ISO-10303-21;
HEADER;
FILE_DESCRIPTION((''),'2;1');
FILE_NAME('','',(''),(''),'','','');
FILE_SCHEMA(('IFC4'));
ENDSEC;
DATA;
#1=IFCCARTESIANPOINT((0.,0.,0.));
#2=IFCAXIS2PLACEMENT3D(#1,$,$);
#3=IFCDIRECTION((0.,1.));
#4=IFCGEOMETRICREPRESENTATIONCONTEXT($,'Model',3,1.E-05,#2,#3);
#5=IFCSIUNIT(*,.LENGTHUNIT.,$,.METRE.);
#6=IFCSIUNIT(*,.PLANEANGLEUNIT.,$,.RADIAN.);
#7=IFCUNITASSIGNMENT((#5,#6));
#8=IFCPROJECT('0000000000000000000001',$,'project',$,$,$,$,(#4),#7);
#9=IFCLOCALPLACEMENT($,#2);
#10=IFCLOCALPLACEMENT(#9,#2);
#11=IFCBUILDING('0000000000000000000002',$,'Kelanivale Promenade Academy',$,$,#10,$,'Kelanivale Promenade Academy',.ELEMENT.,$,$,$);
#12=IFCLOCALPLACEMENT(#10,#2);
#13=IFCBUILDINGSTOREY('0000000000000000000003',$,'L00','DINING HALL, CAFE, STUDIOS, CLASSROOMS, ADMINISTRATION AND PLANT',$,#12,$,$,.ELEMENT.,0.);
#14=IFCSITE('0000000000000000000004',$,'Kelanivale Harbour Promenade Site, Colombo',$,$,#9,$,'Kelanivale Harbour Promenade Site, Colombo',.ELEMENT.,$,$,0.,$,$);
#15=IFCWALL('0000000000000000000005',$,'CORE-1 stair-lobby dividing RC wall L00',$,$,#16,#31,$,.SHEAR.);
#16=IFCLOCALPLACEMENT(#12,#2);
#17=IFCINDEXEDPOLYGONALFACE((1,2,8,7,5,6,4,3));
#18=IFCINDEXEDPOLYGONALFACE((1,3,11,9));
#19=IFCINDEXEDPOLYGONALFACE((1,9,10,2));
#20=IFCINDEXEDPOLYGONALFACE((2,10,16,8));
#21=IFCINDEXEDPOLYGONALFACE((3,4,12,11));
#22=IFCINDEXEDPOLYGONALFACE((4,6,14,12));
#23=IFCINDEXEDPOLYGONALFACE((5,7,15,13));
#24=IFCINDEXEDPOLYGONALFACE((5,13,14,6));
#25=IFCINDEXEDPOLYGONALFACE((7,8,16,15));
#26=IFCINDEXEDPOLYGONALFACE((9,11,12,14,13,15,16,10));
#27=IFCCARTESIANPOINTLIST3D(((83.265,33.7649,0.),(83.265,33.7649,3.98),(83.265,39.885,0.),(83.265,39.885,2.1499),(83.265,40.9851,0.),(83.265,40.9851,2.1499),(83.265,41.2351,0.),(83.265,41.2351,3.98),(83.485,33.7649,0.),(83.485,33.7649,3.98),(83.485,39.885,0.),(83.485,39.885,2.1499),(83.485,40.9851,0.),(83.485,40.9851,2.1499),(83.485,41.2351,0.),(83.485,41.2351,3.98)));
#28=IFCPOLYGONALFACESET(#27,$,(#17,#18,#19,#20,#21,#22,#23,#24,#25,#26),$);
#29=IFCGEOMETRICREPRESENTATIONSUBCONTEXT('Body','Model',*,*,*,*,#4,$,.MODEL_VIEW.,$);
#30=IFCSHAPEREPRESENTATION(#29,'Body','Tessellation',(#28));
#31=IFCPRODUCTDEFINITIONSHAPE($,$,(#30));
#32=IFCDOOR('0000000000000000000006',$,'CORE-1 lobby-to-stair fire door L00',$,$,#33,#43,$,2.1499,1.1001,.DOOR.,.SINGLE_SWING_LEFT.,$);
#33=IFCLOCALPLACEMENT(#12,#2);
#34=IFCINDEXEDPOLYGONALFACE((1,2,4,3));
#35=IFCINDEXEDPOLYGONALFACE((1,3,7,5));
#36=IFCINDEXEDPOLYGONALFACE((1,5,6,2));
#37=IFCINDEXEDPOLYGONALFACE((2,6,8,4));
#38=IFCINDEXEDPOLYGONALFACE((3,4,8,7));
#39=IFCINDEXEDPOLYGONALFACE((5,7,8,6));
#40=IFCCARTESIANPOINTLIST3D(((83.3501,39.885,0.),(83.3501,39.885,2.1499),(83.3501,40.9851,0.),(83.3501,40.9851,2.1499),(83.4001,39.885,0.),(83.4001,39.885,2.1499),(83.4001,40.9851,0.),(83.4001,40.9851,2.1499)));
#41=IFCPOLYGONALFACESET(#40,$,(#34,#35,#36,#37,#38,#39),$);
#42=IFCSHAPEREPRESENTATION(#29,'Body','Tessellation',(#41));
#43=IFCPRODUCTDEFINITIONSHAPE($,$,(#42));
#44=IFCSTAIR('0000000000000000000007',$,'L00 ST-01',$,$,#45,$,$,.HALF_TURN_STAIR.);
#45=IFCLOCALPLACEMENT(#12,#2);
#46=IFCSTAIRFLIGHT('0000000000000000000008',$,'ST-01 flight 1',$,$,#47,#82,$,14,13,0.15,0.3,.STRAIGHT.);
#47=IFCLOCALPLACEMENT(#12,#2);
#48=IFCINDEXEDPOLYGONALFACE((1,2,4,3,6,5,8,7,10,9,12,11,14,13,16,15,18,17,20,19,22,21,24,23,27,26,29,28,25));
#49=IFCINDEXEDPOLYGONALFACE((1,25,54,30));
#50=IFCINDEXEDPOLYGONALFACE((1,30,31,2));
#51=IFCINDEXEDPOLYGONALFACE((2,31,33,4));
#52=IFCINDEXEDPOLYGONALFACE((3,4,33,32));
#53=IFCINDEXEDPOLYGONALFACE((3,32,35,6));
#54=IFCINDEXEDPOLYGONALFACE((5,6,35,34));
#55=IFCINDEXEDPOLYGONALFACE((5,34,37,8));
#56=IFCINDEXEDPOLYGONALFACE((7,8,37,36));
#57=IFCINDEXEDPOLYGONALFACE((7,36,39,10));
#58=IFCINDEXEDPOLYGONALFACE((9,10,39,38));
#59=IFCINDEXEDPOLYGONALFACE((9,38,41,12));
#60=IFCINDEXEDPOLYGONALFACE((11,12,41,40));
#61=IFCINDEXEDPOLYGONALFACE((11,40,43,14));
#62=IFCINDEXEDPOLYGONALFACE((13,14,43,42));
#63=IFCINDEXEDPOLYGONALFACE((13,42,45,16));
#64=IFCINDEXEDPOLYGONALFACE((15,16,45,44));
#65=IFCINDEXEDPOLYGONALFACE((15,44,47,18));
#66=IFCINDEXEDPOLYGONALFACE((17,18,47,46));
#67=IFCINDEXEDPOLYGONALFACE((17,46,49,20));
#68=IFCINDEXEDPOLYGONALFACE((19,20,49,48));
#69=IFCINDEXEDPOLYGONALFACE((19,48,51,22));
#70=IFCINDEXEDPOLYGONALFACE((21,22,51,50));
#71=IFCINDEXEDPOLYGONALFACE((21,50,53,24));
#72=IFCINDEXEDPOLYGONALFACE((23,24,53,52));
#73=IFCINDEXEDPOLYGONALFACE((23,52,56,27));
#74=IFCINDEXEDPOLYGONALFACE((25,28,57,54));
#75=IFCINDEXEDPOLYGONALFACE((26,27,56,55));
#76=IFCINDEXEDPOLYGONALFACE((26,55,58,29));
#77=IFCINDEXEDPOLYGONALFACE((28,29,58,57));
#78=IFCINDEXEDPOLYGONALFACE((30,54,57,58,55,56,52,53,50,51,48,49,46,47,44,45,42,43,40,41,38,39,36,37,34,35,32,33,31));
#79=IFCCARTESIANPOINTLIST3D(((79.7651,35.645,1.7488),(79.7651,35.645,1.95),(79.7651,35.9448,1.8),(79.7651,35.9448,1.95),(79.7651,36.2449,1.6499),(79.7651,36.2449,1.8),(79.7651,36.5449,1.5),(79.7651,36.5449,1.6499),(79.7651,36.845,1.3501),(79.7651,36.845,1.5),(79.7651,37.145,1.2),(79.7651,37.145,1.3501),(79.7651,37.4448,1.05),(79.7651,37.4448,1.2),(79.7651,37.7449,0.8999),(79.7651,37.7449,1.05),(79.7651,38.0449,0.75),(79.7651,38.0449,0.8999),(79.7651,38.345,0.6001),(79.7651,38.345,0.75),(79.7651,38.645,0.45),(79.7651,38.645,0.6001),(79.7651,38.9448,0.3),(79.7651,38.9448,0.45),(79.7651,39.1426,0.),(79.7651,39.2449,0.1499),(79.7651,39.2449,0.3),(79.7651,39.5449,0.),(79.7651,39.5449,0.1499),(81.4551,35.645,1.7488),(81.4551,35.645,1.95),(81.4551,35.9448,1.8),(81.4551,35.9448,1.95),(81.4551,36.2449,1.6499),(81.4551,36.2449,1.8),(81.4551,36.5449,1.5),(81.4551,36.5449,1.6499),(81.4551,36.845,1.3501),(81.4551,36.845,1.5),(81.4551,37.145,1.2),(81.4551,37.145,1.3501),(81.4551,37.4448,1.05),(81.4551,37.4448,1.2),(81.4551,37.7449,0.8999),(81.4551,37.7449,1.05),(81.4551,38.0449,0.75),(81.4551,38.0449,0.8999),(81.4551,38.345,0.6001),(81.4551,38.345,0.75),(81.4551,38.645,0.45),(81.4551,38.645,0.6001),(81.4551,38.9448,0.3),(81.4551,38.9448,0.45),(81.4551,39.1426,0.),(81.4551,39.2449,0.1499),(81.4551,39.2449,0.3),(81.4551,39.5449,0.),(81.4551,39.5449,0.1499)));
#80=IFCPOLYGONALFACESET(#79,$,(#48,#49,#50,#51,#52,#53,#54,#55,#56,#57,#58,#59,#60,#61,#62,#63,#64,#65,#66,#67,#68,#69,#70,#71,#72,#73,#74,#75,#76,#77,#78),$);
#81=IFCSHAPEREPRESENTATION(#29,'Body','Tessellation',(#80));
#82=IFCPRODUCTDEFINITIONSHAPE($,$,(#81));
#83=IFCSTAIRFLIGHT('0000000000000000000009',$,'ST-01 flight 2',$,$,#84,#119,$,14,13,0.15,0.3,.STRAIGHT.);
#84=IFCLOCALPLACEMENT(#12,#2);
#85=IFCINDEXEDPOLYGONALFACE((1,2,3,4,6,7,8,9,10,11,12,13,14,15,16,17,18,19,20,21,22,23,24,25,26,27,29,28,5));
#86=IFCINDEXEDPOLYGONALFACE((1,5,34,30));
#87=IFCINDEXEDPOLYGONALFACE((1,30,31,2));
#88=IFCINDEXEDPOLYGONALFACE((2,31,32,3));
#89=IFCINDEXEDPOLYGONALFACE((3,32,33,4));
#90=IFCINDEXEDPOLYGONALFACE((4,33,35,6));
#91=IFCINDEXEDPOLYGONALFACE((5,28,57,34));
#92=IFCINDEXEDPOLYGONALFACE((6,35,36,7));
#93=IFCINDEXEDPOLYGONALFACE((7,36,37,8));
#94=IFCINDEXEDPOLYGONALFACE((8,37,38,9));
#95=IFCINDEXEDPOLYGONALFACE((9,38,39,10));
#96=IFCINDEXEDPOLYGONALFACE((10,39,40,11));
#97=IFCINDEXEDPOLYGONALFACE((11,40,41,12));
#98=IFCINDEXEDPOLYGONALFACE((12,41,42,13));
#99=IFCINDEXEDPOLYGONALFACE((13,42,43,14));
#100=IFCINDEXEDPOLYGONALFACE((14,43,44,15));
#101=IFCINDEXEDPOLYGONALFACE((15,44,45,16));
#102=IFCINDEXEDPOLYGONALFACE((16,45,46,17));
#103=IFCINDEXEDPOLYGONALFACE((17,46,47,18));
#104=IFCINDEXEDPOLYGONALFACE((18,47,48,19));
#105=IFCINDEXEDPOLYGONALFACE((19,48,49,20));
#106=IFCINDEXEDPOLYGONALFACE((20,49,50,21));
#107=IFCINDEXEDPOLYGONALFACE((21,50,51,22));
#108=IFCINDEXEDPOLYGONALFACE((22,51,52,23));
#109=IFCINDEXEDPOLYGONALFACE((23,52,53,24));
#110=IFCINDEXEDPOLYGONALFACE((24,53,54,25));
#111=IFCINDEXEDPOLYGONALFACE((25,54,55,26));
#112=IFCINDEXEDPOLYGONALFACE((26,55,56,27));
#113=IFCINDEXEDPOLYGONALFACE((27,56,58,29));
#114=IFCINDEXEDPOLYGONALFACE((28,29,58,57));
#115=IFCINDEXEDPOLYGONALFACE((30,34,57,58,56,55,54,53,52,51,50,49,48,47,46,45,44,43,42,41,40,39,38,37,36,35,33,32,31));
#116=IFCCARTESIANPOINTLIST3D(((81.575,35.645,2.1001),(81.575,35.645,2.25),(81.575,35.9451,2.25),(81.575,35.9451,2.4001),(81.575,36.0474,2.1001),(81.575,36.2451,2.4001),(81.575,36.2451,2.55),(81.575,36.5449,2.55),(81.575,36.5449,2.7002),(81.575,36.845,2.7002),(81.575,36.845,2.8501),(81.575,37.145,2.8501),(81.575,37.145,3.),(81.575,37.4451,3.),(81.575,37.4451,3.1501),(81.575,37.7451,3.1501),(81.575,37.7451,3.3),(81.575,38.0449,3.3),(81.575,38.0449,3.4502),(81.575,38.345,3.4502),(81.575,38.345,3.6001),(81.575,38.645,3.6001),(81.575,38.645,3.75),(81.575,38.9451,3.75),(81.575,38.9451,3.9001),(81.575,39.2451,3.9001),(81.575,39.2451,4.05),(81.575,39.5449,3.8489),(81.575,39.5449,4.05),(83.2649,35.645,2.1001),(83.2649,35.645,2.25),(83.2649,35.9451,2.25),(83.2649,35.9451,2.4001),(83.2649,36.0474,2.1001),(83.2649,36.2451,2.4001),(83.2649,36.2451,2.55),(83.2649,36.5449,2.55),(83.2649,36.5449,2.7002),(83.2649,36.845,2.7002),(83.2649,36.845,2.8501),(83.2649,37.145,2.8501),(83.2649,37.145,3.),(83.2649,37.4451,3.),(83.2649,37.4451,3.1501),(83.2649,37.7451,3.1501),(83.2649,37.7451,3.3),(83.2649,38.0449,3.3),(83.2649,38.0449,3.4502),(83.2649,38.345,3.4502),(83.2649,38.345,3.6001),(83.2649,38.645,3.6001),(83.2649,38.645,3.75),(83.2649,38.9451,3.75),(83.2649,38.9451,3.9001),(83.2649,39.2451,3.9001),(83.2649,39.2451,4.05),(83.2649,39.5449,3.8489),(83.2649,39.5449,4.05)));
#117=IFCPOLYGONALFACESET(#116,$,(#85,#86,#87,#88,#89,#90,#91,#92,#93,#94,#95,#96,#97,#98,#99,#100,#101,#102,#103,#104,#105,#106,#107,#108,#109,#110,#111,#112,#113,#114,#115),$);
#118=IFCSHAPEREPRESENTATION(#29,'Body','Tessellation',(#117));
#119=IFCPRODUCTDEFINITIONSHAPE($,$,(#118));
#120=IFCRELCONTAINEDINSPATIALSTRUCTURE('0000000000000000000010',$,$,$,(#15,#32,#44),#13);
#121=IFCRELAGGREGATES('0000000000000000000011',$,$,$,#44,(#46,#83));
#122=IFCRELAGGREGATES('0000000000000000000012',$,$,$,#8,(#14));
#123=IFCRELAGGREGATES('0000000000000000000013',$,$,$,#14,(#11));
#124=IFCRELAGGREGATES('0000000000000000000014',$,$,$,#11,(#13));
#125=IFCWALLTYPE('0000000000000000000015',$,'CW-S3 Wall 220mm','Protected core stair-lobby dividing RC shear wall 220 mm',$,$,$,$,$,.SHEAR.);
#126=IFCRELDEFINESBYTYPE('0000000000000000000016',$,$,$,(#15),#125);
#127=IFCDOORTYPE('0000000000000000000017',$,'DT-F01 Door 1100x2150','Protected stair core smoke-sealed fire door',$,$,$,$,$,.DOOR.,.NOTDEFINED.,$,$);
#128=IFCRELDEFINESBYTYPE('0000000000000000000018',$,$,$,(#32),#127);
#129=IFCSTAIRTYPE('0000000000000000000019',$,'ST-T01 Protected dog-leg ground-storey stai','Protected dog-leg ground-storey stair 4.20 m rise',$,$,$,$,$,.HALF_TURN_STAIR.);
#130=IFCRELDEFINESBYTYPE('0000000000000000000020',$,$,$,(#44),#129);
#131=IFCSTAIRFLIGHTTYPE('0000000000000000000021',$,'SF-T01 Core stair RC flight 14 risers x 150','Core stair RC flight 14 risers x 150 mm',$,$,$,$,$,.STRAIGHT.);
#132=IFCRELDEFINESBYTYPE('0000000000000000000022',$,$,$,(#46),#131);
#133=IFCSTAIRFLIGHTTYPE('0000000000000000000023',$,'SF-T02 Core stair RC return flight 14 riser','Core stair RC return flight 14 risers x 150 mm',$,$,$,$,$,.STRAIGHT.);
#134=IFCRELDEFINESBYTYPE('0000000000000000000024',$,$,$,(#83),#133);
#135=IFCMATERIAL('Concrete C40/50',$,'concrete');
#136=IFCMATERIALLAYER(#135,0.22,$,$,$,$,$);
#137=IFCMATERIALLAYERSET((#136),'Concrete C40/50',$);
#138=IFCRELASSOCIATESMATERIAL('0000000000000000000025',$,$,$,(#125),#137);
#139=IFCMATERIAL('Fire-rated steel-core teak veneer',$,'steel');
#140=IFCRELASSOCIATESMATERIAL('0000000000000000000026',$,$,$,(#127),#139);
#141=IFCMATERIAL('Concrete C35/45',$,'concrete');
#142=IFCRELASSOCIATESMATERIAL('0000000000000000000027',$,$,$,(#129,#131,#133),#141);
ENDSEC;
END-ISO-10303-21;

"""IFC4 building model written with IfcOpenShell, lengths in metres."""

from ifc_helpers import new_model, si_unit, direction, frame, frame_2d, origin, place, context, subcontext, project, spatial, polyline, rectangle, outline, extrude, material, layer, layer_set, type_object, element, fill, aggregate, save


model = new_model("IFC4")

# Units and contexts
model_context = context("Model", 3, precision=1e-05, world=origin(), true_north=direction((0.0, 1.0)))
body_context = subcontext(model_context, "Body", "Model", "MODEL_VIEW")
ifc_project = project(units=[si_unit("LENGTHUNIT", "METRE"), si_unit("PLANEANGLEUNIT", "RADIAN")], contexts=[model_context])

# Site, building, storey
site_placement = place(None, origin())
site = spatial("IfcSite", under=ifc_project, at=site_placement, Name="Kelanivale Harbour Promenade Site, Colombo", LongName="Kelanivale Harbour Promenade Site, Colombo", CompositionType="ELEMENT", RefElevation=0.0)
building_placement = place(site_placement, origin())
building = spatial("IfcBuilding", under=site, at=building_placement, Name="Kelanivale Promenade Academy", LongName="Kelanivale Promenade Academy", CompositionType="ELEMENT")
storey_placement = place(building_placement, origin())
storey = spatial("IfcBuildingStorey", under=building, at=storey_placement, Name="L00", Description="DINING HALL, CAFE, STUDIOS, CLASSROOMS, ADMINISTRATION AND PLANT", CompositionType="ELEMENT", Elevation=0.0)

# Shared definitions
ifc_material_1 = material(Name="Concrete C35/45", Category="concrete")

# Shared definitions
ifc_material_2 = material(Name="Concrete C40/50", Category="concrete")

# Shared definitions
ifc_material_3 = material(Name="Fire-rated steel-core teak veneer", Category="steel")

# Wall, opening, door
ifc_layer_1 = layer(ifc_material_2, 0.22)
ifc_layer_set_1 = layer_set([ifc_layer_1], Name="Concrete C40/50")
wall_type_1 = type_object("IfcWallType", Name="CW-S3 Wall 220mm", Description="Protected core stair-lobby dividing RC shear wall 220 mm", PredefinedType="SHEAR", material=ifc_layer_set_1)
wall_1_placement = place(storey_placement, frame((83.375, 33.7649, 0.0), z_axis=(0.0, 0.0, 1.0), x_axis=(0.0, 1.0, 0.0)))
wall_1 = element("IfcWall", 1, at=wall_1_placement, inside=storey, type_object=wall_type_1, Name="CORE-1 stair-lobby dividing RC wall L00", PredefinedType="SHEAR", context=body_context, shape_type="SweptSolid", body=[
    extrude(rectangle(XDim=7.4702, YDim=0.22, at=frame_2d((3.7351, 0.0))), origin(), (0.0, 0.0, 1.0), 3.98),
])
opening_1_placement = place(wall_1_placement, frame((6.1201, 0.0, 0.0)))
opening_1 = element("IfcOpeningElement", 2, at=opening_1_placement, cuts=wall_1, PredefinedType="OPENING", context=body_context, shape_type="SweptSolid", body=[
    extrude(rectangle(XDim=1.1001, YDim=2.1499, at=frame_2d((0.55, 1.075))), frame((0.0, 0.1201, 0.0), z_axis=(0.0, -1.0, 0.0), x_axis=(1.0, 0.0, 0.0)), (0.0, 0.0, 1.0), 0.24),
])
door_type_1 = type_object("IfcDoorType", Name="DT-F01 Door 1100x2150", Description="Protected stair core smoke-sealed fire door", OperationType="NOTDEFINED", PredefinedType="DOOR", material=ifc_material_3)
door_1_placement = place(opening_1_placement, origin())
door_1 = element("IfcDoor", 3, at=door_1_placement, inside=storey, type_object=door_type_1, Name="CORE-1 lobby-to-stair fire door L00", OperationType="SINGLE_SWING_LEFT", OverallHeight=2.1499, OverallWidth=1.1001, PredefinedType="DOOR", context=body_context, shape_type="SweptSolid", body=[
    extrude(rectangle(XDim=1.1001, YDim=2.1499, at=frame_2d((0.55, 1.075))), frame((0.0, 0.0249, 0.0), z_axis=(0.0, -1.0, 0.0), x_axis=(1.0, 0.0, 0.0)), (0.0, 0.0, 1.0), 0.05),
])
fill(opening_1, door_1)

# Stair, stair flights
stair_type = type_object("IfcStairType", Name="ST-T01 Protected dog-leg ground-storey stai", Description="Protected dog-leg ground-storey stair 4.20 m rise", PredefinedType="HALF_TURN_STAIR", material=ifc_material_1)
stair_placement = place(storey_placement, origin())
stair = element("IfcStair", 4, at=stair_placement, inside=storey, type_object=stair_type, Name="L00 ST-01", PredefinedType="HALF_TURN_STAIR")
stair_flight_type_1 = type_object("IfcStairFlightType", Name="SF-T01 Core stair RC flight 14 risers x 150", Description="Core stair RC flight 14 risers x 150 mm", PredefinedType="STRAIGHT", material=ifc_material_1)
stair_flight_1_placement = place(storey_placement, frame((80.6101, 39.5449, 0.0), z_axis=(0.0, 0.0, 1.0), x_axis=(0.0, -1.0, 0.0)))
stair_flight_1 = element("IfcStairFlight", 5, at=stair_flight_1_placement, type_object=stair_flight_type_1, Name="ST-01 flight 1", NumberOfRisers=14, NumberOfTreads=13, PredefinedType="STRAIGHT", RiserHeight=0.15, TreadLength=0.3, context=body_context, shape_type="SweptSolid", body=[
    extrude(outline(polyline([(0.0, 0.0), (0.0, 0.1499), (0.3, 0.1499), (0.3, 0.3), (0.6001, 0.3), (0.6001, 0.45), (0.8999, 0.45), (0.8999, 0.6001), (1.2, 0.6001), (1.2, 0.75), (1.5, 0.75), (1.5, 0.8999), (1.8, 0.8999), (1.8, 1.05), (2.1001, 1.05), (2.1001, 1.2), (2.3999, 1.2), (2.3999, 1.3501), (2.7, 1.3501), (2.7, 1.5), (3.0, 1.5), (3.0, 1.6499), (3.3, 1.6499), (3.3, 1.8), (3.6001, 1.8), (3.6001, 1.95), (3.8999, 1.95), (3.8999, 2.1001), (3.8999, 1.7488), (0.4023, 0.0), (0.0, 0.0)])), frame((0.0, 0.845, 0.0), z_axis=(0.0, -1.0, 0.0), x_axis=(1.0, 0.0, 0.0)), (0.0, 0.0, 1.0), 1.6899),
])
stair_flight_type_2 = type_object("IfcStairFlightType", Name="SF-T02 Core stair RC return flight 14 riser", Description="Core stair RC return flight 14 risers x 150 mm", PredefinedType="STRAIGHT", material=ifc_material_1)
stair_flight_2_placement = place(storey_placement, frame((82.4199, 35.645, 2.1001), z_axis=(0.0, 0.0, 1.0), x_axis=(0.0, 1.0, 0.0)))
stair_flight_2 = element("IfcStairFlight", 6, at=stair_flight_2_placement, type_object=stair_flight_type_2, Name="ST-01 flight 2", NumberOfRisers=14, NumberOfTreads=13, PredefinedType="STRAIGHT", RiserHeight=0.15, TreadLength=0.3, context=body_context, shape_type="SweptSolid", body=[
    extrude(outline(polyline([(0.0, 0.0), (0.0, 0.1499), (0.3, 0.1499), (0.3, 0.3), (0.6001, 0.3), (0.6001, 0.45), (0.8999, 0.45), (0.8999, 0.6001), (1.2, 0.6001), (1.2, 0.75), (1.5, 0.75), (1.5, 0.8999), (1.8, 0.8999), (1.8, 1.05), (2.1001, 1.05), (2.1001, 1.2), (2.3999, 1.2), (2.3999, 1.3501), (2.7, 1.3501), (2.7, 1.5), (3.0, 1.5), (3.0, 1.6499), (3.3, 1.6499), (3.3, 1.8), (3.6001, 1.8), (3.6001, 1.95), (3.8999, 1.95), (3.8999, 2.1001), (3.8999, 1.7488), (0.4023, 0.0), (0.0, 0.0)])), frame((0.0, 0.845, 0.0), z_axis=(0.0, -1.0, 0.0), x_axis=(1.0, 0.0, 0.0)), (0.0, 0.0, 1.0), 1.6899),
])
aggregate(stair, [stair_flight_1, stair_flight_2])

save(model, "model.ifc")
